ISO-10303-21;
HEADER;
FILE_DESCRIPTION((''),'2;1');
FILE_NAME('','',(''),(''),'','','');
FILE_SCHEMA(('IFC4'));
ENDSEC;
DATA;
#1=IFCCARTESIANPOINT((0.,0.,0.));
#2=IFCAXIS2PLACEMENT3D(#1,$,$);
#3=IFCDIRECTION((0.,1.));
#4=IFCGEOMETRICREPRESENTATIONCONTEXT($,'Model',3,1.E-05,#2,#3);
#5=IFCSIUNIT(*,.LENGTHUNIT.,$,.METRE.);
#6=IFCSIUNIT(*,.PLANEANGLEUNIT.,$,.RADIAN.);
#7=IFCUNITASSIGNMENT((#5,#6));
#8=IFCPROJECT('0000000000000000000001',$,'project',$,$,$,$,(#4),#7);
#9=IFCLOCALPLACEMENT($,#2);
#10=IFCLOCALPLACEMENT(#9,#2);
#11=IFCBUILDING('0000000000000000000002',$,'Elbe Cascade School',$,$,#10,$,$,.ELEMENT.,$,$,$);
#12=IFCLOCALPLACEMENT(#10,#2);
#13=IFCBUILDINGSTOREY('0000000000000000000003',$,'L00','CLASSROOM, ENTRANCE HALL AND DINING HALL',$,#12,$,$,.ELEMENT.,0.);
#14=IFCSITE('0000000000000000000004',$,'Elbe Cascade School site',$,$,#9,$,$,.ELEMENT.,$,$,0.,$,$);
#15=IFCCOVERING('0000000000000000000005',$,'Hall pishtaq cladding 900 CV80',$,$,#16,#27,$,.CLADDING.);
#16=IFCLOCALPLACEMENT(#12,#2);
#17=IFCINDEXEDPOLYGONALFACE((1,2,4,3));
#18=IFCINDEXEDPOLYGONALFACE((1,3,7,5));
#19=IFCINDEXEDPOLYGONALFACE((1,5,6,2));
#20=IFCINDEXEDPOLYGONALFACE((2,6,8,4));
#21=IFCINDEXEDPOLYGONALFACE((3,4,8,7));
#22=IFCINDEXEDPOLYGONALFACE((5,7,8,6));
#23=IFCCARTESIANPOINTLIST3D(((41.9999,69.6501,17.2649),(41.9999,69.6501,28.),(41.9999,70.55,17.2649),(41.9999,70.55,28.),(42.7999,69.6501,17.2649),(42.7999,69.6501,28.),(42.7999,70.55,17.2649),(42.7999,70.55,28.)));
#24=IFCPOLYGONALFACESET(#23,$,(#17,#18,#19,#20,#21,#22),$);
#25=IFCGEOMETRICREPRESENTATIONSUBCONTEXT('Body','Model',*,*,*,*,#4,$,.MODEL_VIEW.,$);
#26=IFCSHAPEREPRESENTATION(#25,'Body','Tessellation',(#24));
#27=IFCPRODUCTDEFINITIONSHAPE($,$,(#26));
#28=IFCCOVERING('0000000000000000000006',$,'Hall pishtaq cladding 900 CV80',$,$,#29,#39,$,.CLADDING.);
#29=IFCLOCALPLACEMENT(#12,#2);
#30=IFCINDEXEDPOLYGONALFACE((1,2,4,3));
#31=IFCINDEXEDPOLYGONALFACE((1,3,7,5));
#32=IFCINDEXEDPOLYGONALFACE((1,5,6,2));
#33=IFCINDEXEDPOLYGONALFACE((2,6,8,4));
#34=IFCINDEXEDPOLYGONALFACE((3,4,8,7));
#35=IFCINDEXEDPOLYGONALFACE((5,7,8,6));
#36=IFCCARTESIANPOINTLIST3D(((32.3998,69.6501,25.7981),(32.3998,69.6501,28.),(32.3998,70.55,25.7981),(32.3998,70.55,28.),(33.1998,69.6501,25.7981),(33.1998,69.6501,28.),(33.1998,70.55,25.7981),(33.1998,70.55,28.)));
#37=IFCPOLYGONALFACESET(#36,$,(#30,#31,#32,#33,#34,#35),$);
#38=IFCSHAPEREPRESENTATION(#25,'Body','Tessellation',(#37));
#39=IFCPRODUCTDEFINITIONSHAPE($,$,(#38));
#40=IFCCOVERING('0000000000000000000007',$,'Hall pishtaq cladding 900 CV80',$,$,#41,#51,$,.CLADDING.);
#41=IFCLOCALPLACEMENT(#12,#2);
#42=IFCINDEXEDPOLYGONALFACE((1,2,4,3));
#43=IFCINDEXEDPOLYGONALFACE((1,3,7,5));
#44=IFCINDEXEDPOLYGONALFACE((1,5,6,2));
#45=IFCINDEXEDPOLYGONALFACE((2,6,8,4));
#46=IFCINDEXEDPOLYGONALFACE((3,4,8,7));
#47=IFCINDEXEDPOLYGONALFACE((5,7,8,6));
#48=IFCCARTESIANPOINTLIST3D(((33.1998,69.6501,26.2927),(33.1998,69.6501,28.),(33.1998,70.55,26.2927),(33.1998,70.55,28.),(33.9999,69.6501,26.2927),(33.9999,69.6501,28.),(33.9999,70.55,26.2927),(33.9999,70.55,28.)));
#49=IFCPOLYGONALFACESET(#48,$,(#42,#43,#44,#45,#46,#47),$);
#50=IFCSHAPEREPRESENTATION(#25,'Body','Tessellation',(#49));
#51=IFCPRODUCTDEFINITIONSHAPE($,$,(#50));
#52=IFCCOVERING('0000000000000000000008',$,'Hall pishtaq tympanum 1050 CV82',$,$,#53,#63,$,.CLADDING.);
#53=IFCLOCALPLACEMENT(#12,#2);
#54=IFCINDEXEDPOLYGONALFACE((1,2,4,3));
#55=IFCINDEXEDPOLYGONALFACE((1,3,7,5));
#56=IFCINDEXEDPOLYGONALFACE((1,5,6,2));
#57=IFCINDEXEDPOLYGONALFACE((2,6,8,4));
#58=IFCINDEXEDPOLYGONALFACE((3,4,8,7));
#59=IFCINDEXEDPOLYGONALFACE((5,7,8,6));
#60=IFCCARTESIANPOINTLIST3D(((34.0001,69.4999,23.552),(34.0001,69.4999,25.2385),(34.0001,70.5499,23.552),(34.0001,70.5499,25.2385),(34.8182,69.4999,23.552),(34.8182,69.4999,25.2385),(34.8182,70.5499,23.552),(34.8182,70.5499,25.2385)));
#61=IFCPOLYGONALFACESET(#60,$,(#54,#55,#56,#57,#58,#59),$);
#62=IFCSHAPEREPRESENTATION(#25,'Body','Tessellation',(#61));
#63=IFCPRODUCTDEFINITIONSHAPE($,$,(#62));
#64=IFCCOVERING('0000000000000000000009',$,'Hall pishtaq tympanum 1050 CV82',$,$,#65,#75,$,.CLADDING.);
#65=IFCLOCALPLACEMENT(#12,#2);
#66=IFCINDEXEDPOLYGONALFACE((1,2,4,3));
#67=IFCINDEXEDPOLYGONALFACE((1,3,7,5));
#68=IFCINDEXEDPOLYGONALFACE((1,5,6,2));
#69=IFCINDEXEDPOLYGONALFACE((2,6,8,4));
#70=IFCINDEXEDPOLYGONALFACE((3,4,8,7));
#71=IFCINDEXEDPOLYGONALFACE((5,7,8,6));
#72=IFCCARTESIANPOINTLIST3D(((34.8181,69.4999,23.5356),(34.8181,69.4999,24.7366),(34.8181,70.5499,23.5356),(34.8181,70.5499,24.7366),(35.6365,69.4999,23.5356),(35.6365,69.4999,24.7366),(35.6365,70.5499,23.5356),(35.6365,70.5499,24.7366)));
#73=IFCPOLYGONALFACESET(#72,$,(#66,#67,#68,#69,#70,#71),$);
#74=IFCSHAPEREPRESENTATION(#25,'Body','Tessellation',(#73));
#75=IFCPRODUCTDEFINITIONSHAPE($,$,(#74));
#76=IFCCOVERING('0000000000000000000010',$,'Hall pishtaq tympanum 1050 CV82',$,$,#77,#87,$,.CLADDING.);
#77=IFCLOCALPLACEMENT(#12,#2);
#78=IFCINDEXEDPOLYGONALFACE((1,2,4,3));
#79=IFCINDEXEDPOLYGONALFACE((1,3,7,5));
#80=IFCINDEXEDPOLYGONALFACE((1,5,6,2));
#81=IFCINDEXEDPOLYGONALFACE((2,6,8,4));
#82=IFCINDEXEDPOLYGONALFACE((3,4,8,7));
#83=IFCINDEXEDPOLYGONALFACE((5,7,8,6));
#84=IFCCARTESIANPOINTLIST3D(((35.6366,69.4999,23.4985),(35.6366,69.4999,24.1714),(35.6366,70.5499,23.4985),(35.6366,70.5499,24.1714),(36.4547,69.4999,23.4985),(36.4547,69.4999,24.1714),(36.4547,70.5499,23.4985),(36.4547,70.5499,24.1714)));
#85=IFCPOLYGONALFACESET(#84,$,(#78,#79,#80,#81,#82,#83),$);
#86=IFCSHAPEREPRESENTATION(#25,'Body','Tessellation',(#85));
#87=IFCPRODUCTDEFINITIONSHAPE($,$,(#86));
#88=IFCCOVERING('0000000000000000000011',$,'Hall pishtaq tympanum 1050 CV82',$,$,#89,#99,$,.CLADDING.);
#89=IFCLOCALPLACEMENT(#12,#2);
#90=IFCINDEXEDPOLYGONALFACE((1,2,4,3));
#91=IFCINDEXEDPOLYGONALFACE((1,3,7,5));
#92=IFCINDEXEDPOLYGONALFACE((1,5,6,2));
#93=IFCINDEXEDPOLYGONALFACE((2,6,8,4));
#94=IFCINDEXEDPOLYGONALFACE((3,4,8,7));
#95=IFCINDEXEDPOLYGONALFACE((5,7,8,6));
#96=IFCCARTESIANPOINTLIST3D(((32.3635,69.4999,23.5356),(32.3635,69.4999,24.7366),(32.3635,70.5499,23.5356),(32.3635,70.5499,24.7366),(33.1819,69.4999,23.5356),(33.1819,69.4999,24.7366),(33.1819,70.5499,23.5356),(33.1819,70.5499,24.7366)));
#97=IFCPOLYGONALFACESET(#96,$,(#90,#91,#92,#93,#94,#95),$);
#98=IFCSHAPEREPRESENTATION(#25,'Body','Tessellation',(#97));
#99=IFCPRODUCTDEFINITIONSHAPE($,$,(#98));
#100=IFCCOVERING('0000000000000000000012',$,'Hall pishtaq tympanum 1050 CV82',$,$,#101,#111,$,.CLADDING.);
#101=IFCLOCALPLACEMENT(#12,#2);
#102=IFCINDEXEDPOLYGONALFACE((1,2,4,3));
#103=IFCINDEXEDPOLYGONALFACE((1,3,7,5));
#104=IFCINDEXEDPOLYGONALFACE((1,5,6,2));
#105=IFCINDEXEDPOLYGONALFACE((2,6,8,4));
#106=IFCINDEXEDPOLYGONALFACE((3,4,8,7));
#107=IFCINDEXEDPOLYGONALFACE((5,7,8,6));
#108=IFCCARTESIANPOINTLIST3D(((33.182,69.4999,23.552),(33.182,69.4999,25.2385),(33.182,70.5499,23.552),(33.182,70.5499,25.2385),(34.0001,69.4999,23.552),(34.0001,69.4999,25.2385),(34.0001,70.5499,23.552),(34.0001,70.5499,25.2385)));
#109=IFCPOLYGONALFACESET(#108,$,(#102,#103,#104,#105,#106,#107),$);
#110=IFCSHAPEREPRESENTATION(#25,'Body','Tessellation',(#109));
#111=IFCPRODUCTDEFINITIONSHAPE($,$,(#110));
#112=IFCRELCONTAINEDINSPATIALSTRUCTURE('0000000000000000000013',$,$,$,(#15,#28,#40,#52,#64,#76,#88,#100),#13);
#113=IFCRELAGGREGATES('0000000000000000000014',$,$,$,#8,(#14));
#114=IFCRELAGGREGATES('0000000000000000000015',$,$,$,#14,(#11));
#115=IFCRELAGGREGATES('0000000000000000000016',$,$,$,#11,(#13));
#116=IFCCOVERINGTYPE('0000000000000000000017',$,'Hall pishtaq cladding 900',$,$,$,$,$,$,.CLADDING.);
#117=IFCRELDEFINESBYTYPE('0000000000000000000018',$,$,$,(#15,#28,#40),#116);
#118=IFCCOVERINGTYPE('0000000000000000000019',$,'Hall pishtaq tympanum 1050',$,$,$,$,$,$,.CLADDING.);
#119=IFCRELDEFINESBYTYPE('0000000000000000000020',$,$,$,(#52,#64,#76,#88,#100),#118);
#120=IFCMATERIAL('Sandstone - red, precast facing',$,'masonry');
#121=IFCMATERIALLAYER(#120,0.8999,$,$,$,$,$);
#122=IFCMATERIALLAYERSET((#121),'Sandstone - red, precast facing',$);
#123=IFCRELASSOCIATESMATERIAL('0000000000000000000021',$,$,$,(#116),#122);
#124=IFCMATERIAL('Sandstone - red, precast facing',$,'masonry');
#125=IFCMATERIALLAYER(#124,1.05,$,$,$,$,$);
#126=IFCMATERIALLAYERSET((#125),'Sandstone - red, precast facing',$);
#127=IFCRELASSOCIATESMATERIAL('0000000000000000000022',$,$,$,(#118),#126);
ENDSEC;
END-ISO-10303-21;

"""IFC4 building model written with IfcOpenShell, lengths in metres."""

from ifc_helpers import new_model, si_unit, direction, frame, frame_2d, origin, place, context, subcontext, project, spatial, rectangle, extrude, material, layer, layer_set, type_object, element, save


model = new_model("IFC4")

# Units and contexts
model_context = context("Model", 3, precision=1e-05, world=origin(), true_north=direction((0.0, 1.0)))
body_context = subcontext(model_context, "Body", "Model", "MODEL_VIEW")
ifc_project = project(units=[si_unit("LENGTHUNIT", "METRE"), si_unit("PLANEANGLEUNIT", "RADIAN")], contexts=[model_context])

# Site, building, storey
site_placement = place(None, origin())
site = spatial("IfcSite", under=ifc_project, at=site_placement, Name="Elbe Cascade School site", CompositionType="ELEMENT", RefElevation=0.0)
building_placement = place(site_placement, origin())
building = spatial("IfcBuilding", under=site, at=building_placement, Name="Elbe Cascade School", CompositionType="ELEMENT")
storey_placement = place(building_placement, origin())
storey = spatial("IfcBuildingStorey", under=building, at=storey_placement, Name="L00", Description="CLASSROOM, ENTRANCE HALL AND DINING HALL", CompositionType="ELEMENT", Elevation=0.0)

# Coverings
ifc_material_1 = material(Name="Sandstone - red, precast facing", Category="masonry")
ifc_layer_1 = layer(ifc_material_1, 0.8999)
ifc_layer_set_1 = layer_set([ifc_layer_1], Name="Sandstone - red, precast facing")
covering_type_1 = type_object("IfcCoveringType", Name="Hall pishtaq cladding 900", PredefinedType="CLADDING", material=ifc_layer_set_1)
covering_1_placement = place(storey_placement, frame((42.0, 70.1001, 17.2649), z_axis=(0.0, 0.0, 1.0), x_axis=(1.0, 0.0, 0.0)))
element("IfcCovering", 1, at=covering_1_placement, inside=storey, type_object=covering_type_1, Name="Hall pishtaq cladding 900 CV80", PredefinedType="CLADDING", context=body_context, shape_type="SweptSolid", body=[
    extrude(rectangle(XDim=0.8, YDim=0.8999, at=frame_2d((0.3999, 0.0))), origin(), (0.0, 0.0, 1.0), 10.7351),
])
covering_2_placement = place(storey_placement, frame((32.3999, 70.1001, 25.7981), z_axis=(0.0, 0.0, 1.0), x_axis=(1.0, 0.0, 0.0)))
element("IfcCovering", 2, at=covering_2_placement, inside=storey, type_object=covering_type_1, Name="Hall pishtaq cladding 900 CV80", PredefinedType="CLADDING", context=body_context, shape_type="SweptSolid", body=[
    extrude(rectangle(XDim=0.8, YDim=0.8999, at=frame_2d((0.3999, 0.0))), origin(), (0.0, 0.0, 1.0), 2.2019),
])
covering_3_placement = place(storey_placement, frame((33.2, 70.1001, 26.2927), z_axis=(0.0, 0.0, 1.0), x_axis=(1.0, 0.0, 0.0)))
element("IfcCovering", 3, at=covering_3_placement, inside=storey, type_object=covering_type_1, Name="Hall pishtaq cladding 900 CV80", PredefinedType="CLADDING", context=body_context, shape_type="SweptSolid", body=[
    extrude(rectangle(XDim=0.8, YDim=0.8999, at=frame_2d((0.3999, 0.0))), origin(), (0.0, 0.0, 1.0), 1.7073),
])
ifc_material_2 = material(Name="Sandstone - red, precast facing", Category="masonry")
ifc_layer_2 = layer(ifc_material_2, 1.05)
ifc_layer_set_2 = layer_set([ifc_layer_2], Name="Sandstone - red, precast facing")
covering_type_2 = type_object("IfcCoveringType", Name="Hall pishtaq tympanum 1050", PredefinedType="CLADDING", material=ifc_layer_set_2)
covering_4_placement = place(storey_placement, frame((34.0, 70.0249, 23.552), z_axis=(0.0, 0.0, 1.0), x_axis=(1.0, 0.0, 0.0)))
element("IfcCovering", 4, at=covering_4_placement, inside=storey, type_object=covering_type_2, Name="Hall pishtaq tympanum 1050 CV82", PredefinedType="CLADDING", context=body_context, shape_type="SweptSolid", body=[
    extrude(rectangle(XDim=0.8181, YDim=1.05, at=frame_2d((0.4092, 0.0))), origin(), (0.0, 0.0, 1.0), 1.6865),
])
covering_5_placement = place(storey_placement, frame((34.8181, 70.0249, 23.5356), z_axis=(0.0, 0.0, 1.0), x_axis=(1.0, 0.0, 0.0)))
element("IfcCovering", 5, at=covering_5_placement, inside=storey, type_object=covering_type_2, Name="Hall pishtaq tympanum 1050 CV82", PredefinedType="CLADDING", context=body_context, shape_type="SweptSolid", body=[
    extrude(rectangle(XDim=0.8184, YDim=1.05, at=frame_2d((0.4092, 0.0))), origin(), (0.0, 0.0, 1.0), 1.2009),
])
covering_6_placement = place(storey_placement, frame((35.6365, 70.0249, 23.4985), z_axis=(0.0, 0.0, 1.0), x_axis=(1.0, 0.0, 0.0)))
element("IfcCovering", 6, at=covering_6_placement, inside=storey, type_object=covering_type_2, Name="Hall pishtaq tympanum 1050 CV82", PredefinedType="CLADDING", context=body_context, shape_type="SweptSolid", body=[
    extrude(rectangle(XDim=0.8181, YDim=1.05, at=frame_2d((0.4092, 0.0))), origin(), (0.0, 0.0, 1.0), 0.6729),
])
covering_7_placement = place(storey_placement, frame((32.3635, 70.0249, 23.5356), z_axis=(0.0, 0.0, 1.0), x_axis=(1.0, 0.0, 0.0)))
element("IfcCovering", 7, at=covering_7_placement, inside=storey, type_object=covering_type_2, Name="Hall pishtaq tympanum 1050 CV82", PredefinedType="CLADDING", context=body_context, shape_type="SweptSolid", body=[
    extrude(rectangle(XDim=0.8184, YDim=1.05, at=frame_2d((0.4092, 0.0))), origin(), (0.0, 0.0, 1.0), 1.2009),
])
covering_8_placement = place(storey_placement, frame((33.1819, 70.0249, 23.552), z_axis=(0.0, 0.0, 1.0), x_axis=(1.0, 0.0, 0.0)))
element("IfcCovering", 8, at=covering_8_placement, inside=storey, type_object=covering_type_2, Name="Hall pishtaq tympanum 1050 CV82", PredefinedType="CLADDING", context=body_context, shape_type="SweptSolid", body=[
    extrude(rectangle(XDim=0.8181, YDim=1.05, at=frame_2d((0.4092, 0.0))), origin(), (0.0, 0.0, 1.0), 1.6865),
])

save(model, "model.ifc")
